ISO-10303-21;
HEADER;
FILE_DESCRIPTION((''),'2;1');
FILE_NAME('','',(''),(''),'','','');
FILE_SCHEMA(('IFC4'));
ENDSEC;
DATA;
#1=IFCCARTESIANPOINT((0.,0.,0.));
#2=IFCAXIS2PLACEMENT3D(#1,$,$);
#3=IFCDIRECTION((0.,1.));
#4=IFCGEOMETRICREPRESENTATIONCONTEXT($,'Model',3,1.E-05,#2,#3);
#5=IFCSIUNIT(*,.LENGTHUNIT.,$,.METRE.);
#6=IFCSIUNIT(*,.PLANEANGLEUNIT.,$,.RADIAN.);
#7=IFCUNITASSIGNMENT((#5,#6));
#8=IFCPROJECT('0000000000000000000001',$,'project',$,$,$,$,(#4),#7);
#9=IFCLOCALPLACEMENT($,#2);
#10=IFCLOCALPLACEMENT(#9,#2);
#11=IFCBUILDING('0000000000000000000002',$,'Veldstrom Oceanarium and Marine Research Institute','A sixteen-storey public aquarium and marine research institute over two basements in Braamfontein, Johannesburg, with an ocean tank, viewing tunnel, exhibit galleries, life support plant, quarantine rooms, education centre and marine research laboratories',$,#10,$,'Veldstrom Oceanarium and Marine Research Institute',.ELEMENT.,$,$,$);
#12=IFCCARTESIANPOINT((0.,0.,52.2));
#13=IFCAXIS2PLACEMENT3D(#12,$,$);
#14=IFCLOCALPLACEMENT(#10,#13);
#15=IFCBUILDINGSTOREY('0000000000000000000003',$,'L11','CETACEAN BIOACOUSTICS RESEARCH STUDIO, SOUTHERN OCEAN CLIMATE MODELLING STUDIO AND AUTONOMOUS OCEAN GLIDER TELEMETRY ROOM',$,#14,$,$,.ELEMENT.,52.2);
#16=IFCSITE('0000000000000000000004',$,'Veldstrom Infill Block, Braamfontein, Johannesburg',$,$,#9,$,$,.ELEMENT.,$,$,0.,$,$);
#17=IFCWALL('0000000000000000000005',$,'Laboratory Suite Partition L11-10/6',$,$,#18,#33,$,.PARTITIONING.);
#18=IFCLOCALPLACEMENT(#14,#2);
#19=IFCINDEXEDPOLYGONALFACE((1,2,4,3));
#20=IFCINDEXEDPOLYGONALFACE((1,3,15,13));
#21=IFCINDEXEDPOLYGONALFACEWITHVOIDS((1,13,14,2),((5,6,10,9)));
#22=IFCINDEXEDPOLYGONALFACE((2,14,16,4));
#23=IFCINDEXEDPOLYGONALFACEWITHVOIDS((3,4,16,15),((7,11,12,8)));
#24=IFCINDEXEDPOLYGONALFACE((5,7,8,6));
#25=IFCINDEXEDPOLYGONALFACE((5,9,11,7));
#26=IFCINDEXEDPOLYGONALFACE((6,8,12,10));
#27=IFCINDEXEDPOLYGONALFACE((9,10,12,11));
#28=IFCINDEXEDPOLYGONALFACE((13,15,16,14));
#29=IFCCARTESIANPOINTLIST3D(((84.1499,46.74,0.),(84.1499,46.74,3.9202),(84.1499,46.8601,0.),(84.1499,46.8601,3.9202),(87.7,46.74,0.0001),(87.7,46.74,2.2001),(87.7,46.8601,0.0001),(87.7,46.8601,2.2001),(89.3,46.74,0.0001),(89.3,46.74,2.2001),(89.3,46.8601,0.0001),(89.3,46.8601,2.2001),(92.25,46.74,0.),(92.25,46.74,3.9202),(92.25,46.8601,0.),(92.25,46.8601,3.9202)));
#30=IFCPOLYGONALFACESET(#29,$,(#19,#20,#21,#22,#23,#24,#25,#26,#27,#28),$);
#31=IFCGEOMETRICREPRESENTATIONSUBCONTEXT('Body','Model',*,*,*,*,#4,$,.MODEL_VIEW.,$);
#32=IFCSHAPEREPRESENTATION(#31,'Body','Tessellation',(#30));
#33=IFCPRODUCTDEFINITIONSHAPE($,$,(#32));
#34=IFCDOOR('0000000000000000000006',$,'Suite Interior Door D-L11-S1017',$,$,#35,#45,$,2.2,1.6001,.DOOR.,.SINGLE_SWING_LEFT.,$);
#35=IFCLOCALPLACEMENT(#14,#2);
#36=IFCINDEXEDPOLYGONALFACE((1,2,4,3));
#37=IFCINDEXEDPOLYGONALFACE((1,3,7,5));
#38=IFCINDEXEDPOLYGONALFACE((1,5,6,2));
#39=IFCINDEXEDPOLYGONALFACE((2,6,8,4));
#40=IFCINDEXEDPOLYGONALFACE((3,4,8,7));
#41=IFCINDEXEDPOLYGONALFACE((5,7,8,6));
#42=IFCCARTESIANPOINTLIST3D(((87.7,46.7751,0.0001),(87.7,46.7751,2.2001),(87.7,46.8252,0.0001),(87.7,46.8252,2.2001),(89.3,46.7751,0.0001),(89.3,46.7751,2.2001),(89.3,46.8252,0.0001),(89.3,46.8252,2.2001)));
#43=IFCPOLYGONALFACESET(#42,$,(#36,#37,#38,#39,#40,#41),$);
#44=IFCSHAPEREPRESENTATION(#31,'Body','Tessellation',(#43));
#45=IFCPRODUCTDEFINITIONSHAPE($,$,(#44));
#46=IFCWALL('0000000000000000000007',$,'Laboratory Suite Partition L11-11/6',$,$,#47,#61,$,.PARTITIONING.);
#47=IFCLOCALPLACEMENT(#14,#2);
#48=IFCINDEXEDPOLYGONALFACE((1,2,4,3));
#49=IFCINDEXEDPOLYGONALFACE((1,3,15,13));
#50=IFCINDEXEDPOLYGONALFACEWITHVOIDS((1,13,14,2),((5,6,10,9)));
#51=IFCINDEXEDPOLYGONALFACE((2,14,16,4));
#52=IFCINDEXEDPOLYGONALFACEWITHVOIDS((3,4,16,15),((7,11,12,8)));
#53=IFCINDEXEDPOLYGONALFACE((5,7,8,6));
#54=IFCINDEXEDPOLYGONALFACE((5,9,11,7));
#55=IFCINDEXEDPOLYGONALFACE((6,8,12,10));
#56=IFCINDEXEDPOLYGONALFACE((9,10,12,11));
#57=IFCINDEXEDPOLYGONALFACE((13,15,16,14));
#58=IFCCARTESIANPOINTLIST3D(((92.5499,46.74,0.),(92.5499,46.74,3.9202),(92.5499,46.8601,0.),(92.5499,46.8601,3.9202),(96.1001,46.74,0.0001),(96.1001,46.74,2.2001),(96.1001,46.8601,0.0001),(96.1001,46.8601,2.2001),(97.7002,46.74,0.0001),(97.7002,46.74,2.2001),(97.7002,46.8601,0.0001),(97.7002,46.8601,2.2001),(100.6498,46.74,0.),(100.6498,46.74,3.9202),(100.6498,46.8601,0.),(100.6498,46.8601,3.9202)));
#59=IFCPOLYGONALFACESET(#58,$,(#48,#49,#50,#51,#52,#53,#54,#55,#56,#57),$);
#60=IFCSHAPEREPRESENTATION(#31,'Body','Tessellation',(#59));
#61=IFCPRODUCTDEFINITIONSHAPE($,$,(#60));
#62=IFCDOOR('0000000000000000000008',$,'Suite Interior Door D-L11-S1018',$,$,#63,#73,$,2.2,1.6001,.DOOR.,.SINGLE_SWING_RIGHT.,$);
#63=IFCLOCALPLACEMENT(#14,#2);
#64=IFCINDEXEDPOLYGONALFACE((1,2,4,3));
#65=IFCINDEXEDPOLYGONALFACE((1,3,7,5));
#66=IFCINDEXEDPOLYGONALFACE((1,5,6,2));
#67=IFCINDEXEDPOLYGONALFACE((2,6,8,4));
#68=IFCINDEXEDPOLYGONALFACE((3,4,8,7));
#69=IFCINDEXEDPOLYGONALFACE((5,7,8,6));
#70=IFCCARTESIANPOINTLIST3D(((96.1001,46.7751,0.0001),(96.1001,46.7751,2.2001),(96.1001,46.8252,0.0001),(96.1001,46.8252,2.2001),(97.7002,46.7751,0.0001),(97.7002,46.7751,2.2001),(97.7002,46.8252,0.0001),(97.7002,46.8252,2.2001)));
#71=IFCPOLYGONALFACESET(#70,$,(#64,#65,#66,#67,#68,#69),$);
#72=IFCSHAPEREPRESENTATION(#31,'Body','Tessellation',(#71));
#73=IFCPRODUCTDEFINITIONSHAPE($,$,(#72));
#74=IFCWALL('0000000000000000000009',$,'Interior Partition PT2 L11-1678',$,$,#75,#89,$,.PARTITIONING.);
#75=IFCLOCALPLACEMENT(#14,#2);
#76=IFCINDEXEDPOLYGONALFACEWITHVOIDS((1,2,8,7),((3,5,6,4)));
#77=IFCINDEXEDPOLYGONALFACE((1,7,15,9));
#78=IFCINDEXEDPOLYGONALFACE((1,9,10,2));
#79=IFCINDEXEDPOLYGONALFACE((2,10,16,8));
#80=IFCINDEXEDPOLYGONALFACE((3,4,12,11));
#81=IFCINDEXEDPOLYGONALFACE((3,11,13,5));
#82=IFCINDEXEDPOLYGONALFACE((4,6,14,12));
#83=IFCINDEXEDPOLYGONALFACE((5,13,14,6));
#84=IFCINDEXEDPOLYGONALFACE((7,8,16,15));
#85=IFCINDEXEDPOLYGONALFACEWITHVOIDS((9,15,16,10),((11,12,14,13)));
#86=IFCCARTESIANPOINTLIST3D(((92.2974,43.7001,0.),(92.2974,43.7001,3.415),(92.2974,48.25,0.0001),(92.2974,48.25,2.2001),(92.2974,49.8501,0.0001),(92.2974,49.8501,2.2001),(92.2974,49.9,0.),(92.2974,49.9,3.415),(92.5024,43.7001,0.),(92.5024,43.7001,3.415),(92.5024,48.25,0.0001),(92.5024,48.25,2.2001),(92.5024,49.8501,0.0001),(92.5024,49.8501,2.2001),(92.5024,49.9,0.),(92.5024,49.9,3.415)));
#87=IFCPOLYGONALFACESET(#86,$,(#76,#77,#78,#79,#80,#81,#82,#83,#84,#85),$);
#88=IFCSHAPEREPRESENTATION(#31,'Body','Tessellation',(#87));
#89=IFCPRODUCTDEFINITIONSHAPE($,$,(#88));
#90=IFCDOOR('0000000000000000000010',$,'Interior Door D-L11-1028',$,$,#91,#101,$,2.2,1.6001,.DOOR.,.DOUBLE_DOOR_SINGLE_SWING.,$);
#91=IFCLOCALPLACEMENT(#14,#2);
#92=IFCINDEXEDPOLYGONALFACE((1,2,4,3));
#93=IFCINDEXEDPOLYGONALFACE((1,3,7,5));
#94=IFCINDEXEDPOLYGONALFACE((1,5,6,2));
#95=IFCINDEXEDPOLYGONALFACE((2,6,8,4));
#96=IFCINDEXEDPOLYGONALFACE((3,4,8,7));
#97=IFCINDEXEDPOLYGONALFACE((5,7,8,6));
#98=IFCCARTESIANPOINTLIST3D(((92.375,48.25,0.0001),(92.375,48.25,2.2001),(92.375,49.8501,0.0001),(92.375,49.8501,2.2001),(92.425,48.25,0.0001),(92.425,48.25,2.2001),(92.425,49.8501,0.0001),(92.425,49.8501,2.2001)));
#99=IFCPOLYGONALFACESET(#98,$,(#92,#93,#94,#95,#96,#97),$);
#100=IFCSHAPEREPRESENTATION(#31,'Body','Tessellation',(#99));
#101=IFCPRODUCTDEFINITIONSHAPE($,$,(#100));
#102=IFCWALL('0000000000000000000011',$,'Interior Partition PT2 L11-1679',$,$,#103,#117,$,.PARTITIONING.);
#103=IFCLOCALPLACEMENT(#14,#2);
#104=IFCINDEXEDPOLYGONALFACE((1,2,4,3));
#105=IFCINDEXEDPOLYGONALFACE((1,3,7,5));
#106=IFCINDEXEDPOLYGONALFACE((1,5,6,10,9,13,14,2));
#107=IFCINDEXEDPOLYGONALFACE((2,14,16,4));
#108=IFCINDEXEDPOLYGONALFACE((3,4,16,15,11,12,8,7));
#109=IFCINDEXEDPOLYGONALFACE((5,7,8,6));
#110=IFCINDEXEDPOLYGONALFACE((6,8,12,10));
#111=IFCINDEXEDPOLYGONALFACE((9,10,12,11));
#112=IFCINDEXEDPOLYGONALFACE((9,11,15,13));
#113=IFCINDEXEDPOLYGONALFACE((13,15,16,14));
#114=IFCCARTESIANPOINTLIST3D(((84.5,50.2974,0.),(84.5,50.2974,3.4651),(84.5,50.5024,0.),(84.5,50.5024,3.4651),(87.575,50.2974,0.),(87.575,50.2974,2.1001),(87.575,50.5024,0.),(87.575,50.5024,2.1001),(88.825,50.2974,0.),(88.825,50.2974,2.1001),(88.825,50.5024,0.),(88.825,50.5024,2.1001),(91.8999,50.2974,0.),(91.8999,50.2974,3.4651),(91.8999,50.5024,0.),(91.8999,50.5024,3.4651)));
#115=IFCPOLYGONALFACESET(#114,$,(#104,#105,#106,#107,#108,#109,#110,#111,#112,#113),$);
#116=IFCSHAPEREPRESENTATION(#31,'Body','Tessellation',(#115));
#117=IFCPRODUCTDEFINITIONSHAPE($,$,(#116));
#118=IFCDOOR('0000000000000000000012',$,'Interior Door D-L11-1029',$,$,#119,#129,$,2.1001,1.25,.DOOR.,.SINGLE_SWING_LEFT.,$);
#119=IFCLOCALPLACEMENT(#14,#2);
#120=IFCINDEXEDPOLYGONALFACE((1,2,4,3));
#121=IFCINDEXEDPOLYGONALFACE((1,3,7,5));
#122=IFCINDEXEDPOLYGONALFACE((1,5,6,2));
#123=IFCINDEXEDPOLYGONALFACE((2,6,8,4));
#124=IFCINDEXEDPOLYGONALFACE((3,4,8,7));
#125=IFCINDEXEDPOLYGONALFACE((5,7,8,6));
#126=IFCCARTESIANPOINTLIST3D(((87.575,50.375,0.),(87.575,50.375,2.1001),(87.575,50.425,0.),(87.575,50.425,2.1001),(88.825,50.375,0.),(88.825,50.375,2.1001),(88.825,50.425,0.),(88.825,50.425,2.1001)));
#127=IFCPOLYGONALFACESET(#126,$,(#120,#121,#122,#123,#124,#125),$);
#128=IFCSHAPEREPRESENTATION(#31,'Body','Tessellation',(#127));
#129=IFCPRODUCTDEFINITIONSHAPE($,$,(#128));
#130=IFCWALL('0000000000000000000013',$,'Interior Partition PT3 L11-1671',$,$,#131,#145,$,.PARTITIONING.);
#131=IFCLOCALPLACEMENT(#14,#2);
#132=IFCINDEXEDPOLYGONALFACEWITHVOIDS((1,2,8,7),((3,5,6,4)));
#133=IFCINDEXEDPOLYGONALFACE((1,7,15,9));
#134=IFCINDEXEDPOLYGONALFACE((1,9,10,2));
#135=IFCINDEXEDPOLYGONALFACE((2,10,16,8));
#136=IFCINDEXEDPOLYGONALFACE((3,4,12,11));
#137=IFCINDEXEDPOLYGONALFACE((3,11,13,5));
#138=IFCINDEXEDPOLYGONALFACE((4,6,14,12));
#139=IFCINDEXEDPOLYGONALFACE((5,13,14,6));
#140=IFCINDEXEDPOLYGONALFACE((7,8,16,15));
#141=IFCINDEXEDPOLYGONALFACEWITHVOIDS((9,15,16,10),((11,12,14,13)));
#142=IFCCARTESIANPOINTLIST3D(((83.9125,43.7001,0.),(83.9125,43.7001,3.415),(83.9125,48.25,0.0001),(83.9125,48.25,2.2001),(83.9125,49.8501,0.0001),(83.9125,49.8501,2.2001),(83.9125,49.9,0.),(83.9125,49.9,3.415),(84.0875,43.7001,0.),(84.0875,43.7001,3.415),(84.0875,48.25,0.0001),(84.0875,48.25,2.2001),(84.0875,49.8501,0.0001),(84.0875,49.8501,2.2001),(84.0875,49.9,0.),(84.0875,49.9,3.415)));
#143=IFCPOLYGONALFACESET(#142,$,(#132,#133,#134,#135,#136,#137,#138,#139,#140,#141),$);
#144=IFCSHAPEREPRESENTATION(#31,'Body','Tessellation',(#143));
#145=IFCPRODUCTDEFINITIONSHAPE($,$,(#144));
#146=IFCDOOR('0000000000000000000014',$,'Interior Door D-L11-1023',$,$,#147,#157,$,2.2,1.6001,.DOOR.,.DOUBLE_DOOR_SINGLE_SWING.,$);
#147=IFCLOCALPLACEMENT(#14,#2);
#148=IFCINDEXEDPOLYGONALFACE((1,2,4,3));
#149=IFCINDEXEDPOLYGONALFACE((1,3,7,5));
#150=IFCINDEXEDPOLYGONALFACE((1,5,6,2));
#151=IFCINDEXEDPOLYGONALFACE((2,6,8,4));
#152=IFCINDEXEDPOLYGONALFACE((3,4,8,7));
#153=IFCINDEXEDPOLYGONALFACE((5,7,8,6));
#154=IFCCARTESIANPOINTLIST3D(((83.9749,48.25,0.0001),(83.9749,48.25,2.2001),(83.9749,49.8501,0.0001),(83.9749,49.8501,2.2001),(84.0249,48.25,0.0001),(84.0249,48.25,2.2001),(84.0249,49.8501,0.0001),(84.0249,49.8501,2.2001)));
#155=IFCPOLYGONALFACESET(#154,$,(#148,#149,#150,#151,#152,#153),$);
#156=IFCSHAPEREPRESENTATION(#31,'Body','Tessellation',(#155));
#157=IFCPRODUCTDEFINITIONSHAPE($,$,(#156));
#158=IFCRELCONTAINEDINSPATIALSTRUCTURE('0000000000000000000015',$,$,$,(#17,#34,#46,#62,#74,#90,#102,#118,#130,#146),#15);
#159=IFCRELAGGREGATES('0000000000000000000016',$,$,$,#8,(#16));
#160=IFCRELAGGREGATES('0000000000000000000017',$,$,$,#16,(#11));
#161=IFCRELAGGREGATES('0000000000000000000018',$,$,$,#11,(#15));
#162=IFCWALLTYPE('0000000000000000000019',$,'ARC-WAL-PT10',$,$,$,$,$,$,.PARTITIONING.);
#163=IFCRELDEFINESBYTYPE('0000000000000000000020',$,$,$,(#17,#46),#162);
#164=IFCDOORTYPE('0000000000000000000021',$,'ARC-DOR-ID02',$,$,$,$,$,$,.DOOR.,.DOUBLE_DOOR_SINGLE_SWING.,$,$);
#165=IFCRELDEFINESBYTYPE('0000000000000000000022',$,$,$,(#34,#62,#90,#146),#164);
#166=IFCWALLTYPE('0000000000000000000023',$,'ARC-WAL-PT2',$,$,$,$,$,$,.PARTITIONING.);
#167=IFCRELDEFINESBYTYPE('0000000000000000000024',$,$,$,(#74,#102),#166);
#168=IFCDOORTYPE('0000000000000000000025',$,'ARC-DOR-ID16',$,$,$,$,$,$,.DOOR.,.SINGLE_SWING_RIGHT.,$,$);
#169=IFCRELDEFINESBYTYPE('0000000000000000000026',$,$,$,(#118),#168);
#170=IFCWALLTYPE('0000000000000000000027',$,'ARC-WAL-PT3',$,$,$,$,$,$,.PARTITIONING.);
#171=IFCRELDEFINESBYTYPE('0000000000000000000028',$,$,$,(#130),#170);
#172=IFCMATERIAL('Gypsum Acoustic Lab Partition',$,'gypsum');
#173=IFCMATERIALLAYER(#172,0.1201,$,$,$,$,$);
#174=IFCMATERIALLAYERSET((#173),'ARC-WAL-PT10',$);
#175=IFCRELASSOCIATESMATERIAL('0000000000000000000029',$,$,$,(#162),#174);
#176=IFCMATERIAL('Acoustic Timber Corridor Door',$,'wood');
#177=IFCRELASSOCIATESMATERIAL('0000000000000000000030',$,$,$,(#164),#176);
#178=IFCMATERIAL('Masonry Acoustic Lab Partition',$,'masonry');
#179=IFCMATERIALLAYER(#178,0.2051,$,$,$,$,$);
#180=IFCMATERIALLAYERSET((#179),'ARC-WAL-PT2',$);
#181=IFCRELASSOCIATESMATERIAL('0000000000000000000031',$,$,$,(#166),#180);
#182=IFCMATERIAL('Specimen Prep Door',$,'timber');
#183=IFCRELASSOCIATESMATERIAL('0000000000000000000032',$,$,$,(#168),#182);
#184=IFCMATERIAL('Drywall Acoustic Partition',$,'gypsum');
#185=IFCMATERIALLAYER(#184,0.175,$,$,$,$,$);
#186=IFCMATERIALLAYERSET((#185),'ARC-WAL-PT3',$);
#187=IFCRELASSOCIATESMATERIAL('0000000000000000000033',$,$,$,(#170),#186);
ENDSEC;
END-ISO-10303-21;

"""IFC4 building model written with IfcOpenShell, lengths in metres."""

from ifc_helpers import new_model, si_unit, direction, frame, frame_2d, origin, place, context, subcontext, project, spatial, rectangle, extrude, material, layer, layer_set, type_object, element, fill, save


model = new_model("IFC4")

# Units and contexts
model_context = context("Model", 3, precision=1e-05, world=origin(), true_north=direction((0.0, 1.0)))
body_context = subcontext(model_context, "Body", "Model", "MODEL_VIEW")
ifc_project = project(units=[si_unit("LENGTHUNIT", "METRE"), si_unit("PLANEANGLEUNIT", "RADIAN")], contexts=[model_context])

# Site, building, storey
site_placement = place(None, origin())
site = spatial("IfcSite", under=ifc_project, at=site_placement, Name="Veldstrom Infill Block, Braamfontein, Johannesburg", CompositionType="ELEMENT", RefElevation=0.0)
building_placement = place(site_placement, origin())
building = spatial("IfcBuilding", under=site, at=building_placement, Name="Veldstrom Oceanarium and Marine Research Institute", Description="A sixteen-storey public aquarium and marine research institute over two basements in Braamfontein, Johannesburg, with an ocean tank, viewing tunnel, exhibit galleries, life support plant, quarantine rooms, education centre and marine research laboratories", LongName="Veldstrom Oceanarium and Marine Research Institute", CompositionType="ELEMENT")
storey_placement = place(building_placement, frame((0.0, 0.0, 52.2)))
storey = spatial("IfcBuildingStorey", under=building, at=storey_placement, Name="L11", Description="CETACEAN BIOACOUSTICS RESEARCH STUDIO, SOUTHERN OCEAN CLIMATE MODELLING STUDIO AND AUTONOMOUS OCEAN GLIDER TELEMETRY ROOM", CompositionType="ELEMENT", Elevation=52.2)

# Walls, openings, doors
ifc_material_1 = material(Name="Gypsum Acoustic Lab Partition", Category="gypsum")
ifc_layer_1 = layer(ifc_material_1, 0.1201)
ifc_layer_set_1 = layer_set([ifc_layer_1], Name="ARC-WAL-PT10")
wall_type_1 = type_object("IfcWallType", Name="ARC-WAL-PT10", PredefinedType="PARTITIONING", material=ifc_layer_set_1)
wall_1_placement = place(storey_placement, frame((84.1499, 46.8, 0.0), z_axis=(0.0, 0.0, 1.0), x_axis=(1.0, 0.0, 0.0)))
wall_1 = element("IfcWall", 1, at=wall_1_placement, inside=storey, type_object=wall_type_1, Name="Laboratory Suite Partition L11-10/6", PredefinedType="PARTITIONING", context=body_context, shape_type="SweptSolid", body=[
    extrude(rectangle(XDim=8.1001, YDim=0.1201, at=frame_2d((4.05, 0.0))), origin(), (0.0, 0.0, 1.0), 3.9202),
])
opening_1_placement = place(wall_1_placement, frame((3.55, 0.0, 0.0)))
opening_1 = element("IfcOpeningElement", 2, at=opening_1_placement, cuts=wall_1, PredefinedType="OPENING", context=body_context, shape_type="SweptSolid", body=[
    extrude(rectangle(XDim=1.6001, YDim=2.2, at=frame_2d((0.8, 1.1001))), frame((0.0, 0.0701, 0.0), z_axis=(0.0, -1.0, 0.0), x_axis=(1.0, 0.0, 0.0)), (0.0, 0.0, 1.0), 0.1401),
])
ifc_material_2 = material(Name="Acoustic Timber Corridor Door", Category="wood")
door_type_1 = type_object("IfcDoorType", Name="ARC-DOR-ID02", OperationType="DOUBLE_DOOR_SINGLE_SWING", PredefinedType="DOOR", material=ifc_material_2)
door_1_placement = place(opening_1_placement, frame((1.6001, 0.0, 0.0), z_axis=(0.0, 0.0, 1.0), x_axis=(-1.0, 0.0, 0.0)))
door_1 = element("IfcDoor", 3, at=door_1_placement, inside=storey, type_object=door_type_1, Name="Suite Interior Door D-L11-S1017", OperationType="SINGLE_SWING_LEFT", OverallHeight=2.2, OverallWidth=1.6001, PredefinedType="DOOR", context=body_context, shape_type="SweptSolid", body=[
    extrude(rectangle(XDim=1.6001, YDim=2.2, at=frame_2d((0.8, 1.1001))), frame((0.0, 0.0249, 0.0), z_axis=(0.0, -1.0, 0.0), x_axis=(1.0, 0.0, 0.0)), (0.0, 0.0, 1.0), 0.05),
])
fill(opening_1, door_1)
wall_2_placement = place(storey_placement, frame((92.55, 46.8, 0.0), z_axis=(0.0, 0.0, 1.0), x_axis=(1.0, 0.0, 0.0)))
wall_2 = element("IfcWall", 4, at=wall_2_placement, inside=storey, type_object=wall_type_1, Name="Laboratory Suite Partition L11-11/6", PredefinedType="PARTITIONING", context=body_context, shape_type="SweptSolid", body=[
    extrude(rectangle(XDim=8.0999, YDim=0.1201, at=frame_2d((4.0498, 0.0))), origin(), (0.0, 0.0, 1.0), 3.9202),
])
opening_2_placement = place(wall_2_placement, frame((3.55, 0.0, 0.0)))
opening_2 = element("IfcOpeningElement", 5, at=opening_2_placement, cuts=wall_2, PredefinedType="OPENING", context=body_context, shape_type="SweptSolid", body=[
    extrude(rectangle(XDim=1.6001, YDim=2.2, at=frame_2d((0.8, 1.1001))), frame((0.0, 0.0701, 0.0), z_axis=(0.0, -1.0, 0.0), x_axis=(1.0, 0.0, 0.0)), (0.0, 0.0, 1.0), 0.1401),
])
door_2_placement = place(opening_2_placement, frame((1.6001, 0.0, 0.0), z_axis=(0.0, 0.0, 1.0), x_axis=(-1.0, 0.0, 0.0)))
door_2 = element("IfcDoor", 6, at=door_2_placement, inside=storey, type_object=door_type_1, Name="Suite Interior Door D-L11-S1018", OperationType="SINGLE_SWING_RIGHT", OverallHeight=2.2, OverallWidth=1.6001, PredefinedType="DOOR", context=body_context, shape_type="SweptSolid", body=[
    extrude(rectangle(XDim=1.6001, YDim=2.2, at=frame_2d((0.8, 1.1001))), frame((0.0, 0.0249, 0.0), z_axis=(0.0, -1.0, 0.0), x_axis=(1.0, 0.0, 0.0)), (0.0, 0.0, 1.0), 0.05),
])
fill(opening_2, door_2)
ifc_material_3 = material(Name="Masonry Acoustic Lab Partition", Category="masonry")
ifc_layer_2 = layer(ifc_material_3, 0.2051)
ifc_layer_set_2 = layer_set([ifc_layer_2], Name="ARC-WAL-PT2")
wall_type_2 = type_object("IfcWallType", Name="ARC-WAL-PT2", PredefinedType="PARTITIONING", material=ifc_layer_set_2)
wall_3_placement = place(storey_placement, frame((92.3999, 43.7, 0.0), z_axis=(0.0, 0.0, 1.0), x_axis=(0.0, 1.0, 0.0)))
wall_3 = element("IfcWall", 7, at=wall_3_placement, inside=storey, type_object=wall_type_2, Name="Interior Partition PT2 L11-1678", PredefinedType="PARTITIONING", context=body_context, shape_type="SweptSolid", body=[
    extrude(rectangle(XDim=6.2, YDim=0.2051, at=frame_2d((3.1001, 0.0))), origin(), (0.0, 0.0, 1.0), 3.415),
])
opening_3_placement = place(wall_3_placement, frame((4.55, 0.0, 0.0)))
opening_3 = element("IfcOpeningElement", 8, at=opening_3_placement, cuts=wall_3, PredefinedType="OPENING", context=body_context, shape_type="SweptSolid", body=[
    extrude(rectangle(XDim=1.6001, YDim=2.2, at=frame_2d((0.8, 1.1001))), frame((0.0, 0.1125, 0.0), z_axis=(0.0, -1.0, 0.0), x_axis=(1.0, 0.0, 0.0)), (0.0, 0.0, 1.0), 0.2251),
])
door_3_placement = place(opening_3_placement, origin())
door_3 = element("IfcDoor", 9, at=door_3_placement, inside=storey, type_object=door_type_1, Name="Interior Door D-L11-1028", OperationType="DOUBLE_DOOR_SINGLE_SWING", OverallHeight=2.2, OverallWidth=1.6001, PredefinedType="DOOR", context=body_context, shape_type="SweptSolid", body=[
    extrude(rectangle(XDim=1.6001, YDim=2.2, at=frame_2d((0.8, 1.1001))), frame((0.0, 0.0249, 0.0), z_axis=(0.0, -1.0, 0.0), x_axis=(1.0, 0.0, 0.0)), (0.0, 0.0, 1.0), 0.05),
])
fill(opening_3, door_3)
wall_4_placement = place(storey_placement, frame((84.5, 50.3999, 0.0), z_axis=(0.0, 0.0, 1.0), x_axis=(1.0, 0.0, 0.0)))
wall_4 = element("IfcWall", 10, at=wall_4_placement, inside=storey, type_object=wall_type_2, Name="Interior Partition PT2 L11-1679", PredefinedType="PARTITIONING", context=body_context, shape_type="SweptSolid", body=[
    extrude(rectangle(XDim=7.3999, YDim=0.2051, at=frame_2d((3.7, 0.0))), origin(), (0.0, 0.0, 1.0), 3.4651),
])
opening_4_placement = place(wall_4_placement, frame((3.075, 0.0, 0.0)))
opening_4 = element("IfcOpeningElement", 11, at=opening_4_placement, cuts=wall_4, PredefinedType="OPENING", context=body_context, shape_type="SweptSolid", body=[
    extrude(rectangle(XDim=1.25, YDim=2.1001, at=frame_2d((0.625, 1.05))), frame((0.0, 0.1125, 0.0), z_axis=(0.0, -1.0, 0.0), x_axis=(1.0, 0.0, 0.0)), (0.0, 0.0, 1.0), 0.2251),
])
ifc_material_4 = material(Name="Specimen Prep Door", Category="timber")
door_type_2 = type_object("IfcDoorType", Name="ARC-DOR-ID16", OperationType="SINGLE_SWING_RIGHT", PredefinedType="DOOR", material=ifc_material_4)
door_4_placement = place(opening_4_placement, frame((1.25, 0.0, 0.0), z_axis=(0.0, 0.0, 1.0), x_axis=(-1.0, 0.0, 0.0)))
door_4 = element("IfcDoor", 12, at=door_4_placement, inside=storey, type_object=door_type_2, Name="Interior Door D-L11-1029", OperationType="SINGLE_SWING_LEFT", OverallHeight=2.1001, OverallWidth=1.25, PredefinedType="DOOR", context=body_context, shape_type="SweptSolid", body=[
    extrude(rectangle(XDim=1.25, YDim=2.1001, at=frame_2d((0.625, 1.05))), frame((0.0, 0.0249, 0.0), z_axis=(0.0, -1.0, 0.0), x_axis=(1.0, 0.0, 0.0)), (0.0, 0.0, 1.0), 0.05),
])
fill(opening_4, door_4)
ifc_material_5 = material(Name="Drywall Acoustic Partition", Category="gypsum")
ifc_layer_3 = layer(ifc_material_5, 0.175)
ifc_layer_set_3 = layer_set([ifc_layer_3], Name="ARC-WAL-PT3")
wall_type_3 = type_object("IfcWallType", Name="ARC-WAL-PT3", PredefinedType="PARTITIONING", material=ifc_layer_set_3)
wall_5_placement = place(storey_placement, frame((84.0, 43.7, 0.0), z_axis=(0.0, 0.0, 1.0), x_axis=(0.0, 1.0, 0.0)))
wall_5 = element("IfcWall", 13, at=wall_5_placement, inside=storey, type_object=wall_type_3, Name="Interior Partition PT3 L11-1671", PredefinedType="PARTITIONING", context=body_context, shape_type="SweptSolid", body=[
    extrude(rectangle(XDim=6.2, YDim=0.175, at=frame_2d((3.1001, 0.0))), origin(), (0.0, 0.0, 1.0), 3.415),
])
opening_5_placement = place(wall_5_placement, frame((4.55, 0.0, 0.0)))
opening_5 = element("IfcOpeningElement", 14, at=opening_5_placement, cuts=wall_5, PredefinedType="OPENING", context=body_context, shape_type="SweptSolid", body=[
    extrude(rectangle(XDim=1.6001, YDim=2.2, at=frame_2d((0.8, 1.1001))), frame((0.0, 0.0974, 0.0), z_axis=(0.0, -1.0, 0.0), x_axis=(1.0, 0.0, 0.0)), (0.0, 0.0, 1.0), 0.1951),
])
door_5_placement = place(opening_5_placement, frame((1.6001, 0.0, 0.0), z_axis=(0.0, 0.0, 1.0), x_axis=(-1.0, 0.0, 0.0)))
door_5 = element("IfcDoor", 15, at=door_5_placement, inside=storey, type_object=door_type_1, Name="Interior Door D-L11-1023", OperationType="DOUBLE_DOOR_SINGLE_SWING", OverallHeight=2.2, OverallWidth=1.6001, PredefinedType="DOOR", context=body_context, shape_type="SweptSolid", body=[
    extrude(rectangle(XDim=1.6001, YDim=2.2, at=frame_2d((0.8, 1.1001))), frame((0.0, 0.0249, 0.0), z_axis=(0.0, -1.0, 0.0), x_axis=(1.0, 0.0, 0.0)), (0.0, 0.0, 1.0), 0.05),
])
fill(opening_5, door_5)

save(model, "model.ifc")
